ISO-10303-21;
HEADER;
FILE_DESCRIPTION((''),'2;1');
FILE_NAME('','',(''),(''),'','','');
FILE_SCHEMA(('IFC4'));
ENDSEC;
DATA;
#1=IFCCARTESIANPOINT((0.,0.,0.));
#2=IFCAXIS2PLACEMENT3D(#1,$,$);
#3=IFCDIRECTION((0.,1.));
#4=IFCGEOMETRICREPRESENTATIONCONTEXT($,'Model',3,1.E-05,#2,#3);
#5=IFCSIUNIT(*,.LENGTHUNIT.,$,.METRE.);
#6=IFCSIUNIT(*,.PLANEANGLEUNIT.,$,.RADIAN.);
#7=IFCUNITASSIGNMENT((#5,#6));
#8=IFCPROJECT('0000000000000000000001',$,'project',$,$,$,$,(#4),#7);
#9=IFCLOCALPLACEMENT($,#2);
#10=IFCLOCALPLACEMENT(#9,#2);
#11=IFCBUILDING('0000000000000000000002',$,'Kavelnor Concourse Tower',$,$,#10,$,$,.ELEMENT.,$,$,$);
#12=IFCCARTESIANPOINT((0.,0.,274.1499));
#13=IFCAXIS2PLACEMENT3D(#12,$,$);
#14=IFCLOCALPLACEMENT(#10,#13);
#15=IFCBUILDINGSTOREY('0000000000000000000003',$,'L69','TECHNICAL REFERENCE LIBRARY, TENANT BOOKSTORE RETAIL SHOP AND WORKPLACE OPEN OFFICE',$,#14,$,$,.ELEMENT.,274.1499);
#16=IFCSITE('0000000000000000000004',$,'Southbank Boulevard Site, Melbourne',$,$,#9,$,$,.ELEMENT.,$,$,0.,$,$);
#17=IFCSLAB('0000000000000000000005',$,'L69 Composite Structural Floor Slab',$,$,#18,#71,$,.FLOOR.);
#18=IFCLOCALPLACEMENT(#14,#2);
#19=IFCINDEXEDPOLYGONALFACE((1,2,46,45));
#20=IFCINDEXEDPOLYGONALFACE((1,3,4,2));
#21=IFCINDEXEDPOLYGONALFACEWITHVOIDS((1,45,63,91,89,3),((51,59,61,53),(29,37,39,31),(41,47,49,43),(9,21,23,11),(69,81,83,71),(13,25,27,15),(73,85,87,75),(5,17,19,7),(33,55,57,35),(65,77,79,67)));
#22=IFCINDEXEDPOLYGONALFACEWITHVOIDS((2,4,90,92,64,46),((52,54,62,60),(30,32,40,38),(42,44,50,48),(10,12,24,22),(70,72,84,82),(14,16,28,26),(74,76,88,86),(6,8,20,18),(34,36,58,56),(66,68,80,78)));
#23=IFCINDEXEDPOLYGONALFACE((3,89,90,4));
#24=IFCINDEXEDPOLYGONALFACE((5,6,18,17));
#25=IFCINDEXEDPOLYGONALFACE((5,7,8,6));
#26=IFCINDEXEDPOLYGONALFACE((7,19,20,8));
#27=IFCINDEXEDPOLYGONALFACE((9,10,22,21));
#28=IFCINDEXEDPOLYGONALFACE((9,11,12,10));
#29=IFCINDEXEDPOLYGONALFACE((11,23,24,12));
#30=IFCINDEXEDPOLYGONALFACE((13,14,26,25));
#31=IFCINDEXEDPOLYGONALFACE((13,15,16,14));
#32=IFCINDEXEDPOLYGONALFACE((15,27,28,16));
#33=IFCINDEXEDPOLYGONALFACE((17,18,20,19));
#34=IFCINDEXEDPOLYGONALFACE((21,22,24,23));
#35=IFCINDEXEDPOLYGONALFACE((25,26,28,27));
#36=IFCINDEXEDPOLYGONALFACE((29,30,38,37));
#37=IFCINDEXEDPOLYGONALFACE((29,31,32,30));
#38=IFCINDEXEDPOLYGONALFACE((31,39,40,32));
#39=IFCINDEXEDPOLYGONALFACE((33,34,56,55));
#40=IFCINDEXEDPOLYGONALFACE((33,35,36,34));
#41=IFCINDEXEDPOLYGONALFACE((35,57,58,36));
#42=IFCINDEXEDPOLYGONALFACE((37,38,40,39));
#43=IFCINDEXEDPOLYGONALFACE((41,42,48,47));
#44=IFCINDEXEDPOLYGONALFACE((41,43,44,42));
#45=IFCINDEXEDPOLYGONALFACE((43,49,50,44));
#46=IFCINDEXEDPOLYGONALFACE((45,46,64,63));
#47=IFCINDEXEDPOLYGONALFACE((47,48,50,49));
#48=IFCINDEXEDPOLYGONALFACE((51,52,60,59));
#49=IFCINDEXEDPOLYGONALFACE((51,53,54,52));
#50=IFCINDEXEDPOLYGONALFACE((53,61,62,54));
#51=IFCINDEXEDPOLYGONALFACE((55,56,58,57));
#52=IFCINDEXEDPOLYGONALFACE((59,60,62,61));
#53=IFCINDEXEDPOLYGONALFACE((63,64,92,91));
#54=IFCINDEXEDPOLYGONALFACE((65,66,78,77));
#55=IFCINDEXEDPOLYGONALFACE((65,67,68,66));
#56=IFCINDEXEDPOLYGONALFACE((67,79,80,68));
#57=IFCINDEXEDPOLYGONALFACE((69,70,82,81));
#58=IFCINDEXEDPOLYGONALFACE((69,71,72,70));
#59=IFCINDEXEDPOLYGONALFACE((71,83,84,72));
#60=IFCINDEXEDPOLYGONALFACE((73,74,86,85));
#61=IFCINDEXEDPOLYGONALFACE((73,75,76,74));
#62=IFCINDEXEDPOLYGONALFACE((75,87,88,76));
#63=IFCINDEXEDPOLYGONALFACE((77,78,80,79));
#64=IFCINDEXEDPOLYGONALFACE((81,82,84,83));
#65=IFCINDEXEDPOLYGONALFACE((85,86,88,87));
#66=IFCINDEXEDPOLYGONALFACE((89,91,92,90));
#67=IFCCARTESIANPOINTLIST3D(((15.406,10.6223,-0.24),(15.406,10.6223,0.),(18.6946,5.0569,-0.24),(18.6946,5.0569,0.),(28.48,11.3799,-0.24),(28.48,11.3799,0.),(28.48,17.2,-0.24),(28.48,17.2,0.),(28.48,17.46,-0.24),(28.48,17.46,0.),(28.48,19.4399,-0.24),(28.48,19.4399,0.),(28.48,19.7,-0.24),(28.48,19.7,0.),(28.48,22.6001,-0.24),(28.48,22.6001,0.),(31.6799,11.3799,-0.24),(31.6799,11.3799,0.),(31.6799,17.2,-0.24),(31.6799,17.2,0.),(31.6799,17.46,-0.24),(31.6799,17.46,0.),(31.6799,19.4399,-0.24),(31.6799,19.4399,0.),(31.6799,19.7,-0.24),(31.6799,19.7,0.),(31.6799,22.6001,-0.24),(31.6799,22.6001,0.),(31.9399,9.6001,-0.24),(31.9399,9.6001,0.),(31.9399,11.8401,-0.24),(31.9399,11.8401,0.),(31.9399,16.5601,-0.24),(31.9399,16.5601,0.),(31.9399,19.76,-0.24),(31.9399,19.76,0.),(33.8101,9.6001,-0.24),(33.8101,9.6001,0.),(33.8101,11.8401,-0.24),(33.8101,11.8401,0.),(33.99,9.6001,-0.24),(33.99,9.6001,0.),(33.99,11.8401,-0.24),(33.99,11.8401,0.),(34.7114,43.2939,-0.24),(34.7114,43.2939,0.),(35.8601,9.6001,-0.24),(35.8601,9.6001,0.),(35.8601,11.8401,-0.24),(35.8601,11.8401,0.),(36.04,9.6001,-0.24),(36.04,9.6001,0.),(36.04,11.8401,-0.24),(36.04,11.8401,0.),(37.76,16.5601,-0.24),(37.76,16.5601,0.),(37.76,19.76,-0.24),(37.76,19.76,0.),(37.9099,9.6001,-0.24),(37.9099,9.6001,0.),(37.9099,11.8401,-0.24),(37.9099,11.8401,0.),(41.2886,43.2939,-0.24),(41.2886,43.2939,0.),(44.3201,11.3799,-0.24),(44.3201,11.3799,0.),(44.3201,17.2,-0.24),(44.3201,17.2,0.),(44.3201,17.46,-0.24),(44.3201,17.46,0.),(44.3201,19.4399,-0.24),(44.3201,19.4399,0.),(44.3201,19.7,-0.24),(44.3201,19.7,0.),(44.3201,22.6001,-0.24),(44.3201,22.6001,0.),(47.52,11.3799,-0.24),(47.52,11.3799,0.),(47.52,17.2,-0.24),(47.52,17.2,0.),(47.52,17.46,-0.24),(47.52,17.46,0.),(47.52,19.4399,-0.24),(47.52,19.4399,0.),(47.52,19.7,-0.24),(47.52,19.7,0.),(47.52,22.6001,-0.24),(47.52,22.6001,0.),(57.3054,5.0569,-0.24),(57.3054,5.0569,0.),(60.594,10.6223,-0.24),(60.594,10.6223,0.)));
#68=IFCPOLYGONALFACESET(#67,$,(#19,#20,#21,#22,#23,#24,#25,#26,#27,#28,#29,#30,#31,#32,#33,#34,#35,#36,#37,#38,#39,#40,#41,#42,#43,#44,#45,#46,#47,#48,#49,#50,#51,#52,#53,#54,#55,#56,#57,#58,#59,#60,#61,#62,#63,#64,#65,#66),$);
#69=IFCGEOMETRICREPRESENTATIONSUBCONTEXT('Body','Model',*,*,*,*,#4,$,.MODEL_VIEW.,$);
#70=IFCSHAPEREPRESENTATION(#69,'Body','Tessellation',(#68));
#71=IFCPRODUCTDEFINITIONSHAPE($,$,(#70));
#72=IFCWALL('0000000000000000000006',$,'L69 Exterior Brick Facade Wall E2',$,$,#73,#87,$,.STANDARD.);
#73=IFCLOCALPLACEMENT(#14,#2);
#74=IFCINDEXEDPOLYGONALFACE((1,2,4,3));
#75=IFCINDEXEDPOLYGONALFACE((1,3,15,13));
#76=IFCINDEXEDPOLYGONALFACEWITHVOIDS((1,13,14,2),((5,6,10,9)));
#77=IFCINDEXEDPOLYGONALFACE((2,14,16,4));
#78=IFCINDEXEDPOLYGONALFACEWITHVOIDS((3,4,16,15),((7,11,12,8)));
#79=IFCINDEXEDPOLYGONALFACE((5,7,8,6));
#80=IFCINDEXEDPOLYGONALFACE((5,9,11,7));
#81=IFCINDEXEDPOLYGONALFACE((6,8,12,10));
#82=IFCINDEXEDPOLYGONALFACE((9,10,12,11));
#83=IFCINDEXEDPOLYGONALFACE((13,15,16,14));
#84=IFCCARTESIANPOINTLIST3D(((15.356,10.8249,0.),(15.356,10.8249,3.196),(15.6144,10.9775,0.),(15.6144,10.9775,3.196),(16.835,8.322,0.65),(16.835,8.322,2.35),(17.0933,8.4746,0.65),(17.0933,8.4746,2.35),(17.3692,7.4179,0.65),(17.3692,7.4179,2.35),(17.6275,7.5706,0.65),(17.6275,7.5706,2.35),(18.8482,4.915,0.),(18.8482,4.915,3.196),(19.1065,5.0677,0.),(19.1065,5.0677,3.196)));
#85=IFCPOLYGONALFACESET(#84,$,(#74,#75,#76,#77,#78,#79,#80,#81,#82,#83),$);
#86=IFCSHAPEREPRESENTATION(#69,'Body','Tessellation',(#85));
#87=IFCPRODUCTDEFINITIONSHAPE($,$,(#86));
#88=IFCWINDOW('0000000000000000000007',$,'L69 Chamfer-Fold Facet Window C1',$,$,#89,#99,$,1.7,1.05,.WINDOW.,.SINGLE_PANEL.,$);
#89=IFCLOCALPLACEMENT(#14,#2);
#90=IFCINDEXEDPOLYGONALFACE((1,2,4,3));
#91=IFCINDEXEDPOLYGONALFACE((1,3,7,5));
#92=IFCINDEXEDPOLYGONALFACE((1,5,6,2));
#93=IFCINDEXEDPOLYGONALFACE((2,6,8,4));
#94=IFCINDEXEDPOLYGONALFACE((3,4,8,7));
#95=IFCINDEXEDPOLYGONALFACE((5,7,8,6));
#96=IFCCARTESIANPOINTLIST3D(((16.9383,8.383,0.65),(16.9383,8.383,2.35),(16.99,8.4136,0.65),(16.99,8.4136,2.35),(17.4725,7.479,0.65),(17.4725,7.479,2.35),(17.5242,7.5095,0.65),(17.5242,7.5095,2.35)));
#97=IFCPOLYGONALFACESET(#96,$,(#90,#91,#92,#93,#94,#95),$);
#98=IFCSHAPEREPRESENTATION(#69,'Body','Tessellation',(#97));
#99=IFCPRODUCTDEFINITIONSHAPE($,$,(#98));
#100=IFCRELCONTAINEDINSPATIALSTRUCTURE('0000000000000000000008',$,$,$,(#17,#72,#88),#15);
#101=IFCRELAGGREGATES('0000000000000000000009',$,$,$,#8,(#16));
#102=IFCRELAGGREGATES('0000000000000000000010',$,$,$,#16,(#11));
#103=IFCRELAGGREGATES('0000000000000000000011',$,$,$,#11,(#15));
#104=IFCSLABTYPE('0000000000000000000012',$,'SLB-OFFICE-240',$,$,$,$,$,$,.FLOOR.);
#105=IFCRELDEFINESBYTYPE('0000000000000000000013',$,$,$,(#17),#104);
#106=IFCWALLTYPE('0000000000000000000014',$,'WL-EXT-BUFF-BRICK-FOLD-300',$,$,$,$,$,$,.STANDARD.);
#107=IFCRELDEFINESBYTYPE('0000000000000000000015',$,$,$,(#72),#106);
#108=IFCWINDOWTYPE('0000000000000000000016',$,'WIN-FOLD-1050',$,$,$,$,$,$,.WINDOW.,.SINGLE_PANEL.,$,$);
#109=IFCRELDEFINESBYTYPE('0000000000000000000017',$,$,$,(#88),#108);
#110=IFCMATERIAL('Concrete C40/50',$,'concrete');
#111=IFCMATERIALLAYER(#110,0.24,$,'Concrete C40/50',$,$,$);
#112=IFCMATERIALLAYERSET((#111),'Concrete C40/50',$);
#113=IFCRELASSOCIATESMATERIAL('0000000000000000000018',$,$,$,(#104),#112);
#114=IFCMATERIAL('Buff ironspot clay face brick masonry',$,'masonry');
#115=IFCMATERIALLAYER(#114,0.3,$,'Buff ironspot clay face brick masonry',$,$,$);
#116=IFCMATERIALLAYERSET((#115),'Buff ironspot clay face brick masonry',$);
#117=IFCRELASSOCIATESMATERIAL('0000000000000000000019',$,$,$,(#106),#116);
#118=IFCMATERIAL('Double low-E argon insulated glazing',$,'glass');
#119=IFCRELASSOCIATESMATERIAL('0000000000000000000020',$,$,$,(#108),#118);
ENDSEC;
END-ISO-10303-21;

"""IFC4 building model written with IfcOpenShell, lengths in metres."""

from ifc_helpers import new_model, si_unit, direction, frame, frame_2d, origin, place, context, subcontext, project, spatial, polyline, rectangle, outline, extrude, material, layer, layer_set, type_object, element, fill, save


model = new_model("IFC4")

# Units and contexts
model_context = context("Model", 3, precision=1e-05, world=origin(), true_north=direction((0.0, 1.0)))
body_context = subcontext(model_context, "Body", "Model", "MODEL_VIEW")
ifc_project = project(units=[si_unit("LENGTHUNIT", "METRE"), si_unit("PLANEANGLEUNIT", "RADIAN")], contexts=[model_context])

# Site, building, storey
site_placement = place(None, origin())
site = spatial("IfcSite", under=ifc_project, at=site_placement, Name="Southbank Boulevard Site, Melbourne", CompositionType="ELEMENT", RefElevation=0.0)
building_placement = place(site_placement, origin())
building = spatial("IfcBuilding", under=site, at=building_placement, Name="Kavelnor Concourse Tower", CompositionType="ELEMENT")
storey_placement = place(building_placement, frame((0.0, 0.0, 274.1499)))
storey = spatial("IfcBuildingStorey", under=building, at=storey_placement, Name="L69", Description="TECHNICAL REFERENCE LIBRARY, TENANT BOOKSTORE RETAIL SHOP AND WORKPLACE OPEN OFFICE", CompositionType="ELEMENT", Elevation=274.1499)

# Shared definitions
ifc_material_1 = material(Name="Concrete C40/50", Category="concrete")

# Slab
ifc_layer_1 = layer(ifc_material_1, 0.24, Name="Concrete C40/50")
ifc_layer_set_1 = layer_set([ifc_layer_1], Name="Concrete C40/50")
slab_type_1 = type_object("IfcSlabType", Name="SLB-OFFICE-240", PredefinedType="FLOOR", material=ifc_layer_set_1)
slab_1_placement = place(storey_placement, frame((0.0, 0.0, -0.24)))
element("IfcSlab", 1, at=slab_1_placement, inside=storey, type_object=slab_type_1, Name="L69 Composite Structural Floor Slab", PredefinedType="FLOOR", context=body_context, shape_type="SweptSolid", body=[
    extrude(outline(polyline([(41.2886, 43.2939), (34.7114, 43.2939), (15.406, 10.6223), (18.6946, 5.0569), (57.3054, 5.0569), (60.594, 10.6223), (41.2886, 43.2939)]), holes=[polyline([(28.48, 11.3799), (31.6799, 11.3799), (31.6799, 17.2), (28.48, 17.2), (28.48, 11.3799)]), polyline([(44.3201, 11.3799), (47.52, 11.3799), (47.52, 17.2), (44.3201, 17.2), (44.3201, 11.3799)]), polyline([(31.9399, 16.5601), (37.76, 16.5601), (37.76, 19.76), (31.9399, 19.76), (31.9399, 16.5601)]), polyline([(28.48, 19.7), (31.6799, 19.7), (31.6799, 22.6001), (28.48, 22.6001), (28.48, 19.7)]), polyline([(44.3201, 19.7), (47.52, 19.7), (47.52, 22.6001), (44.3201, 22.6001), (44.3201, 19.7)]), polyline([(31.9399, 9.6001), (33.8101, 9.6001), (33.8101, 11.8401), (31.9399, 11.8401), (31.9399, 9.6001)]), polyline([(33.99, 9.6001), (35.8601, 9.6001), (35.8601, 11.8401), (33.99, 11.8401), (33.99, 9.6001)]), polyline([(36.04, 9.6001), (37.9099, 9.6001), (37.9099, 11.8401), (36.04, 11.8401), (36.04, 9.6001)]), polyline([(28.48, 17.46), (31.6799, 17.46), (31.6799, 19.4399), (28.48, 19.4399), (28.48, 17.46)]), polyline([(44.3201, 17.46), (47.52, 17.46), (47.52, 19.4399), (44.3201, 19.4399), (44.3201, 17.46)])]), origin(), (0.0, 0.0, 1.0), 0.24),
])

# Wall, opening, window
ifc_material_2 = material(Name="Buff ironspot clay face brick masonry", Category="masonry")
ifc_layer_2 = layer(ifc_material_2, 0.3, Name="Buff ironspot clay face brick masonry")
ifc_layer_set_2 = layer_set([ifc_layer_2], Name="Buff ironspot clay face brick masonry")
wall_type_1 = type_object("IfcWallType", Name="WL-EXT-BUFF-BRICK-FOLD-300", PredefinedType="STANDARD", material=ifc_layer_set_2)
wall_1_placement = place(storey_placement, frame((18.9773, 4.9915, 0.0), z_axis=(0.0, 0.0, 1.0), x_axis=(-0.508726, 0.860929, 0.0)))
wall_1 = element("IfcWall", 2, at=wall_1_placement, inside=storey, type_object=wall_type_1, Name="L69 Exterior Brick Facade Wall E2", PredefinedType="STANDARD", context=body_context, shape_type="SweptSolid", body=[
    extrude(rectangle(XDim=6.8645, YDim=0.3, at=frame_2d((3.4321, 0.0))), origin(), (0.0, 0.0, 1.0), 3.196),
])
opening_1_placement = place(wall_1_placement, frame((2.9072, 0.0, 0.6499)))
opening_1 = element("IfcOpeningElement", 3, at=opening_1_placement, cuts=wall_1, PredefinedType="OPENING", context=body_context, shape_type="SweptSolid", body=[
    extrude(rectangle(XDim=1.05, YDim=1.7, at=frame_2d((0.5249, 0.8501))), frame((0.0, 0.1602, 0.0), z_axis=(0.0, -1.0, 0.0), x_axis=(1.0, 0.0, 0.0)), (0.0, 0.0, 1.0), 0.3201),
])
ifc_material_3 = material(Name="Double low-E argon insulated glazing", Category="glass")
window_type_1 = type_object("IfcWindowType", Name="WIN-FOLD-1050", PartitioningType="SINGLE_PANEL", PredefinedType="WINDOW", material=ifc_material_3)
window_1_placement = place(opening_1_placement, origin())
window_1 = element("IfcWindow", 4, at=window_1_placement, inside=storey, type_object=window_type_1, Name="L69 Chamfer-Fold Facet Window C1", OverallHeight=1.7, OverallWidth=1.05, PartitioningType="SINGLE_PANEL", PredefinedType="WINDOW", context=body_context, shape_type="SweptSolid", body=[
    extrude(rectangle(XDim=1.05, YDim=1.7, at=frame_2d((0.5249, 0.8501))), frame((0.0, 0.03, 0.0), z_axis=(0.0, -1.0, 0.0), x_axis=(1.0, 0.0, 0.0)), (0.0, 0.0, 1.0), 0.0601),
])
fill(opening_1, window_1)

save(model, "model.ifc")
